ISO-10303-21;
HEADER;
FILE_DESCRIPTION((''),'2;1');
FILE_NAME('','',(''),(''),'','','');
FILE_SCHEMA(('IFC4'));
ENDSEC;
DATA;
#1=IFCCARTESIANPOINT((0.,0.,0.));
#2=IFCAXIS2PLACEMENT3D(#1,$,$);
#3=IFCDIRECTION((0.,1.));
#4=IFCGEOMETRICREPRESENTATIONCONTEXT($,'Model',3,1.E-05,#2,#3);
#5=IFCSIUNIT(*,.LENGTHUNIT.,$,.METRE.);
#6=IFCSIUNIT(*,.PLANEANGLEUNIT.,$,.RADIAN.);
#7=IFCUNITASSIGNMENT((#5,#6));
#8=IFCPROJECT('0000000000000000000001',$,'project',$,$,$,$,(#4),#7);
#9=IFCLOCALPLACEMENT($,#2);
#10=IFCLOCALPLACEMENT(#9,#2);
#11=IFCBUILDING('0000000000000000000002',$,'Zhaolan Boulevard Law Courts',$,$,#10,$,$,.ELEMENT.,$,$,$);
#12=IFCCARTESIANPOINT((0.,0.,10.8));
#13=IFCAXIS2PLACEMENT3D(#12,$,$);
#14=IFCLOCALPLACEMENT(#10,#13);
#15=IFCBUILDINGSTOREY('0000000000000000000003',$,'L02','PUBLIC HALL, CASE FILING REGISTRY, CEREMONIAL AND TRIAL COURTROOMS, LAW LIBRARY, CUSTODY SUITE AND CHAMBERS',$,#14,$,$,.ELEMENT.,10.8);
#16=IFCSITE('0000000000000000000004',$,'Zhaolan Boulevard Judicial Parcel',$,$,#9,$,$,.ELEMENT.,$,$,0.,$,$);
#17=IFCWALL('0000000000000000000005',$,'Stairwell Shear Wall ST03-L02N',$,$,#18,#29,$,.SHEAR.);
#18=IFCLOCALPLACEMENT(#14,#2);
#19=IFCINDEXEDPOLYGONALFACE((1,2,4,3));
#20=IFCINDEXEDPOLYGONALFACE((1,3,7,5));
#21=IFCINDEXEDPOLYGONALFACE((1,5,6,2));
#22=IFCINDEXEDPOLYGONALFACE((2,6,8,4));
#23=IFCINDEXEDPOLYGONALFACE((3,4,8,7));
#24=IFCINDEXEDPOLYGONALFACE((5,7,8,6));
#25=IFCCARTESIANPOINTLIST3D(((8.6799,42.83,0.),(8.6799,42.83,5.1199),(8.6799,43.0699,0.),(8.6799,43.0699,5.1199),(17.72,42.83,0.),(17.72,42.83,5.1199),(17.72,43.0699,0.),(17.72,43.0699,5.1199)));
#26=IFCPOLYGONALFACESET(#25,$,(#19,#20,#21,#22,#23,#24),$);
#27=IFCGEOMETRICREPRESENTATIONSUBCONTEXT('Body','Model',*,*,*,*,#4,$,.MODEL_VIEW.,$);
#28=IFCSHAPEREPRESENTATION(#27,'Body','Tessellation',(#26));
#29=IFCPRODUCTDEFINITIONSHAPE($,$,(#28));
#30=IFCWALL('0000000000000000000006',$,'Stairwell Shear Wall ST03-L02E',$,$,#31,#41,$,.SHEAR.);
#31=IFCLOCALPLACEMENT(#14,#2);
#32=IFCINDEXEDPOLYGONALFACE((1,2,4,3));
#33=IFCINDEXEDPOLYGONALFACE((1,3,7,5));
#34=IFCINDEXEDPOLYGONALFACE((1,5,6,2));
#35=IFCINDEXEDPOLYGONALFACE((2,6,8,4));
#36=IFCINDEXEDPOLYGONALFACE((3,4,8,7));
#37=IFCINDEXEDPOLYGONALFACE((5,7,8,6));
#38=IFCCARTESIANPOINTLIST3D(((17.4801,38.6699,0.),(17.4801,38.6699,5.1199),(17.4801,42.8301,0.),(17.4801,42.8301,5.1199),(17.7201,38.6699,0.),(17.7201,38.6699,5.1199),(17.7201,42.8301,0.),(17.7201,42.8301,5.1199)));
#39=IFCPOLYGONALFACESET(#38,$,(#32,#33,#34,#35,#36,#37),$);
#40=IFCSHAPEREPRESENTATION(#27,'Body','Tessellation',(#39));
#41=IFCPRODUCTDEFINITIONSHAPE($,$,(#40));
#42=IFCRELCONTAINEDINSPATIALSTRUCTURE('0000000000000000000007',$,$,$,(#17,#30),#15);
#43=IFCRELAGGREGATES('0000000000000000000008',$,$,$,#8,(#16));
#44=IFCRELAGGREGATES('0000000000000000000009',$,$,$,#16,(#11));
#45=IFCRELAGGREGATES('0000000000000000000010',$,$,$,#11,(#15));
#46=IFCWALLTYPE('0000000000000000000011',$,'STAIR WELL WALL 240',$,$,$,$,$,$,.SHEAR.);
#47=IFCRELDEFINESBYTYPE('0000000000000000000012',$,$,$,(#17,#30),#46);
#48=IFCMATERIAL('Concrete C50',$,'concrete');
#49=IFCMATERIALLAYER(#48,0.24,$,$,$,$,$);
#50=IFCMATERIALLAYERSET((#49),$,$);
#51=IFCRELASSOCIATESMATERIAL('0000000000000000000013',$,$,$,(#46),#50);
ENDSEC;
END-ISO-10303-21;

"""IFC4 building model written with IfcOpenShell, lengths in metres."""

from ifc_helpers import new_model, si_unit, direction, frame, frame_2d, origin, place, context, subcontext, project, spatial, rectangle, extrude, material, layer, layer_set, type_object, element, save


model = new_model("IFC4")

# Units and contexts
model_context = context("Model", 3, precision=1e-05, world=origin(), true_north=direction((0.0, 1.0)))
body_context = subcontext(model_context, "Body", "Model", "MODEL_VIEW")
ifc_project = project(units=[si_unit("LENGTHUNIT", "METRE"), si_unit("PLANEANGLEUNIT", "RADIAN")], contexts=[model_context])

# Site, building, storey
site_placement = place(None, origin())
site = spatial("IfcSite", under=ifc_project, at=site_placement, Name="Zhaolan Boulevard Judicial Parcel", CompositionType="ELEMENT", RefElevation=0.0)
building_placement = place(site_placement, origin())
building = spatial("IfcBuilding", under=site, at=building_placement, Name="Zhaolan Boulevard Law Courts", CompositionType="ELEMENT")
storey_placement = place(building_placement, frame((0.0, 0.0, 10.8)))
storey = spatial("IfcBuildingStorey", under=building, at=storey_placement, Name="L02", Description="PUBLIC HALL, CASE FILING REGISTRY, CEREMONIAL AND TRIAL COURTROOMS, LAW LIBRARY, CUSTODY SUITE AND CHAMBERS", CompositionType="ELEMENT", Elevation=10.8)

# Walls
ifc_material_1 = material(Name="Concrete C50", Category="concrete")
ifc_layer_1 = layer(ifc_material_1, 0.24)
ifc_layer_set_1 = layer_set([ifc_layer_1])
wall_type_1 = type_object("IfcWallType", Name="STAIR WELL WALL 240", PredefinedType="SHEAR", material=ifc_layer_set_1)
wall_1_placement = place(storey_placement, frame((17.72, 42.95, 0.0), z_axis=(0.0, 0.0, 1.0), x_axis=(-1.0, 0.0, 0.0)))
element("IfcWall", 1, at=wall_1_placement, inside=storey, type_object=wall_type_1, Name="Stairwell Shear Wall ST03-L02N", PredefinedType="SHEAR", context=body_context, shape_type="SweptSolid", body=[
    extrude(rectangle(XDim=9.04, YDim=0.24, at=frame_2d((4.52, 0.0))), origin(), (0.0, 0.0, 1.0), 5.1199),
])
wall_2_placement = place(storey_placement, frame((17.6001, 38.6699, 0.0), z_axis=(0.0, 0.0, 1.0), x_axis=(0.0, 1.0, 0.0)))
element("IfcWall", 2, at=wall_2_placement, inside=storey, type_object=wall_type_1, Name="Stairwell Shear Wall ST03-L02E", PredefinedType="SHEAR", context=body_context, shape_type="SweptSolid", body=[
    extrude(rectangle(XDim=4.1602, YDim=0.24, at=frame_2d((2.0801, 0.0))), origin(), (0.0, 0.0, 1.0), 5.1199),
])

save(model, "model.ifc")
